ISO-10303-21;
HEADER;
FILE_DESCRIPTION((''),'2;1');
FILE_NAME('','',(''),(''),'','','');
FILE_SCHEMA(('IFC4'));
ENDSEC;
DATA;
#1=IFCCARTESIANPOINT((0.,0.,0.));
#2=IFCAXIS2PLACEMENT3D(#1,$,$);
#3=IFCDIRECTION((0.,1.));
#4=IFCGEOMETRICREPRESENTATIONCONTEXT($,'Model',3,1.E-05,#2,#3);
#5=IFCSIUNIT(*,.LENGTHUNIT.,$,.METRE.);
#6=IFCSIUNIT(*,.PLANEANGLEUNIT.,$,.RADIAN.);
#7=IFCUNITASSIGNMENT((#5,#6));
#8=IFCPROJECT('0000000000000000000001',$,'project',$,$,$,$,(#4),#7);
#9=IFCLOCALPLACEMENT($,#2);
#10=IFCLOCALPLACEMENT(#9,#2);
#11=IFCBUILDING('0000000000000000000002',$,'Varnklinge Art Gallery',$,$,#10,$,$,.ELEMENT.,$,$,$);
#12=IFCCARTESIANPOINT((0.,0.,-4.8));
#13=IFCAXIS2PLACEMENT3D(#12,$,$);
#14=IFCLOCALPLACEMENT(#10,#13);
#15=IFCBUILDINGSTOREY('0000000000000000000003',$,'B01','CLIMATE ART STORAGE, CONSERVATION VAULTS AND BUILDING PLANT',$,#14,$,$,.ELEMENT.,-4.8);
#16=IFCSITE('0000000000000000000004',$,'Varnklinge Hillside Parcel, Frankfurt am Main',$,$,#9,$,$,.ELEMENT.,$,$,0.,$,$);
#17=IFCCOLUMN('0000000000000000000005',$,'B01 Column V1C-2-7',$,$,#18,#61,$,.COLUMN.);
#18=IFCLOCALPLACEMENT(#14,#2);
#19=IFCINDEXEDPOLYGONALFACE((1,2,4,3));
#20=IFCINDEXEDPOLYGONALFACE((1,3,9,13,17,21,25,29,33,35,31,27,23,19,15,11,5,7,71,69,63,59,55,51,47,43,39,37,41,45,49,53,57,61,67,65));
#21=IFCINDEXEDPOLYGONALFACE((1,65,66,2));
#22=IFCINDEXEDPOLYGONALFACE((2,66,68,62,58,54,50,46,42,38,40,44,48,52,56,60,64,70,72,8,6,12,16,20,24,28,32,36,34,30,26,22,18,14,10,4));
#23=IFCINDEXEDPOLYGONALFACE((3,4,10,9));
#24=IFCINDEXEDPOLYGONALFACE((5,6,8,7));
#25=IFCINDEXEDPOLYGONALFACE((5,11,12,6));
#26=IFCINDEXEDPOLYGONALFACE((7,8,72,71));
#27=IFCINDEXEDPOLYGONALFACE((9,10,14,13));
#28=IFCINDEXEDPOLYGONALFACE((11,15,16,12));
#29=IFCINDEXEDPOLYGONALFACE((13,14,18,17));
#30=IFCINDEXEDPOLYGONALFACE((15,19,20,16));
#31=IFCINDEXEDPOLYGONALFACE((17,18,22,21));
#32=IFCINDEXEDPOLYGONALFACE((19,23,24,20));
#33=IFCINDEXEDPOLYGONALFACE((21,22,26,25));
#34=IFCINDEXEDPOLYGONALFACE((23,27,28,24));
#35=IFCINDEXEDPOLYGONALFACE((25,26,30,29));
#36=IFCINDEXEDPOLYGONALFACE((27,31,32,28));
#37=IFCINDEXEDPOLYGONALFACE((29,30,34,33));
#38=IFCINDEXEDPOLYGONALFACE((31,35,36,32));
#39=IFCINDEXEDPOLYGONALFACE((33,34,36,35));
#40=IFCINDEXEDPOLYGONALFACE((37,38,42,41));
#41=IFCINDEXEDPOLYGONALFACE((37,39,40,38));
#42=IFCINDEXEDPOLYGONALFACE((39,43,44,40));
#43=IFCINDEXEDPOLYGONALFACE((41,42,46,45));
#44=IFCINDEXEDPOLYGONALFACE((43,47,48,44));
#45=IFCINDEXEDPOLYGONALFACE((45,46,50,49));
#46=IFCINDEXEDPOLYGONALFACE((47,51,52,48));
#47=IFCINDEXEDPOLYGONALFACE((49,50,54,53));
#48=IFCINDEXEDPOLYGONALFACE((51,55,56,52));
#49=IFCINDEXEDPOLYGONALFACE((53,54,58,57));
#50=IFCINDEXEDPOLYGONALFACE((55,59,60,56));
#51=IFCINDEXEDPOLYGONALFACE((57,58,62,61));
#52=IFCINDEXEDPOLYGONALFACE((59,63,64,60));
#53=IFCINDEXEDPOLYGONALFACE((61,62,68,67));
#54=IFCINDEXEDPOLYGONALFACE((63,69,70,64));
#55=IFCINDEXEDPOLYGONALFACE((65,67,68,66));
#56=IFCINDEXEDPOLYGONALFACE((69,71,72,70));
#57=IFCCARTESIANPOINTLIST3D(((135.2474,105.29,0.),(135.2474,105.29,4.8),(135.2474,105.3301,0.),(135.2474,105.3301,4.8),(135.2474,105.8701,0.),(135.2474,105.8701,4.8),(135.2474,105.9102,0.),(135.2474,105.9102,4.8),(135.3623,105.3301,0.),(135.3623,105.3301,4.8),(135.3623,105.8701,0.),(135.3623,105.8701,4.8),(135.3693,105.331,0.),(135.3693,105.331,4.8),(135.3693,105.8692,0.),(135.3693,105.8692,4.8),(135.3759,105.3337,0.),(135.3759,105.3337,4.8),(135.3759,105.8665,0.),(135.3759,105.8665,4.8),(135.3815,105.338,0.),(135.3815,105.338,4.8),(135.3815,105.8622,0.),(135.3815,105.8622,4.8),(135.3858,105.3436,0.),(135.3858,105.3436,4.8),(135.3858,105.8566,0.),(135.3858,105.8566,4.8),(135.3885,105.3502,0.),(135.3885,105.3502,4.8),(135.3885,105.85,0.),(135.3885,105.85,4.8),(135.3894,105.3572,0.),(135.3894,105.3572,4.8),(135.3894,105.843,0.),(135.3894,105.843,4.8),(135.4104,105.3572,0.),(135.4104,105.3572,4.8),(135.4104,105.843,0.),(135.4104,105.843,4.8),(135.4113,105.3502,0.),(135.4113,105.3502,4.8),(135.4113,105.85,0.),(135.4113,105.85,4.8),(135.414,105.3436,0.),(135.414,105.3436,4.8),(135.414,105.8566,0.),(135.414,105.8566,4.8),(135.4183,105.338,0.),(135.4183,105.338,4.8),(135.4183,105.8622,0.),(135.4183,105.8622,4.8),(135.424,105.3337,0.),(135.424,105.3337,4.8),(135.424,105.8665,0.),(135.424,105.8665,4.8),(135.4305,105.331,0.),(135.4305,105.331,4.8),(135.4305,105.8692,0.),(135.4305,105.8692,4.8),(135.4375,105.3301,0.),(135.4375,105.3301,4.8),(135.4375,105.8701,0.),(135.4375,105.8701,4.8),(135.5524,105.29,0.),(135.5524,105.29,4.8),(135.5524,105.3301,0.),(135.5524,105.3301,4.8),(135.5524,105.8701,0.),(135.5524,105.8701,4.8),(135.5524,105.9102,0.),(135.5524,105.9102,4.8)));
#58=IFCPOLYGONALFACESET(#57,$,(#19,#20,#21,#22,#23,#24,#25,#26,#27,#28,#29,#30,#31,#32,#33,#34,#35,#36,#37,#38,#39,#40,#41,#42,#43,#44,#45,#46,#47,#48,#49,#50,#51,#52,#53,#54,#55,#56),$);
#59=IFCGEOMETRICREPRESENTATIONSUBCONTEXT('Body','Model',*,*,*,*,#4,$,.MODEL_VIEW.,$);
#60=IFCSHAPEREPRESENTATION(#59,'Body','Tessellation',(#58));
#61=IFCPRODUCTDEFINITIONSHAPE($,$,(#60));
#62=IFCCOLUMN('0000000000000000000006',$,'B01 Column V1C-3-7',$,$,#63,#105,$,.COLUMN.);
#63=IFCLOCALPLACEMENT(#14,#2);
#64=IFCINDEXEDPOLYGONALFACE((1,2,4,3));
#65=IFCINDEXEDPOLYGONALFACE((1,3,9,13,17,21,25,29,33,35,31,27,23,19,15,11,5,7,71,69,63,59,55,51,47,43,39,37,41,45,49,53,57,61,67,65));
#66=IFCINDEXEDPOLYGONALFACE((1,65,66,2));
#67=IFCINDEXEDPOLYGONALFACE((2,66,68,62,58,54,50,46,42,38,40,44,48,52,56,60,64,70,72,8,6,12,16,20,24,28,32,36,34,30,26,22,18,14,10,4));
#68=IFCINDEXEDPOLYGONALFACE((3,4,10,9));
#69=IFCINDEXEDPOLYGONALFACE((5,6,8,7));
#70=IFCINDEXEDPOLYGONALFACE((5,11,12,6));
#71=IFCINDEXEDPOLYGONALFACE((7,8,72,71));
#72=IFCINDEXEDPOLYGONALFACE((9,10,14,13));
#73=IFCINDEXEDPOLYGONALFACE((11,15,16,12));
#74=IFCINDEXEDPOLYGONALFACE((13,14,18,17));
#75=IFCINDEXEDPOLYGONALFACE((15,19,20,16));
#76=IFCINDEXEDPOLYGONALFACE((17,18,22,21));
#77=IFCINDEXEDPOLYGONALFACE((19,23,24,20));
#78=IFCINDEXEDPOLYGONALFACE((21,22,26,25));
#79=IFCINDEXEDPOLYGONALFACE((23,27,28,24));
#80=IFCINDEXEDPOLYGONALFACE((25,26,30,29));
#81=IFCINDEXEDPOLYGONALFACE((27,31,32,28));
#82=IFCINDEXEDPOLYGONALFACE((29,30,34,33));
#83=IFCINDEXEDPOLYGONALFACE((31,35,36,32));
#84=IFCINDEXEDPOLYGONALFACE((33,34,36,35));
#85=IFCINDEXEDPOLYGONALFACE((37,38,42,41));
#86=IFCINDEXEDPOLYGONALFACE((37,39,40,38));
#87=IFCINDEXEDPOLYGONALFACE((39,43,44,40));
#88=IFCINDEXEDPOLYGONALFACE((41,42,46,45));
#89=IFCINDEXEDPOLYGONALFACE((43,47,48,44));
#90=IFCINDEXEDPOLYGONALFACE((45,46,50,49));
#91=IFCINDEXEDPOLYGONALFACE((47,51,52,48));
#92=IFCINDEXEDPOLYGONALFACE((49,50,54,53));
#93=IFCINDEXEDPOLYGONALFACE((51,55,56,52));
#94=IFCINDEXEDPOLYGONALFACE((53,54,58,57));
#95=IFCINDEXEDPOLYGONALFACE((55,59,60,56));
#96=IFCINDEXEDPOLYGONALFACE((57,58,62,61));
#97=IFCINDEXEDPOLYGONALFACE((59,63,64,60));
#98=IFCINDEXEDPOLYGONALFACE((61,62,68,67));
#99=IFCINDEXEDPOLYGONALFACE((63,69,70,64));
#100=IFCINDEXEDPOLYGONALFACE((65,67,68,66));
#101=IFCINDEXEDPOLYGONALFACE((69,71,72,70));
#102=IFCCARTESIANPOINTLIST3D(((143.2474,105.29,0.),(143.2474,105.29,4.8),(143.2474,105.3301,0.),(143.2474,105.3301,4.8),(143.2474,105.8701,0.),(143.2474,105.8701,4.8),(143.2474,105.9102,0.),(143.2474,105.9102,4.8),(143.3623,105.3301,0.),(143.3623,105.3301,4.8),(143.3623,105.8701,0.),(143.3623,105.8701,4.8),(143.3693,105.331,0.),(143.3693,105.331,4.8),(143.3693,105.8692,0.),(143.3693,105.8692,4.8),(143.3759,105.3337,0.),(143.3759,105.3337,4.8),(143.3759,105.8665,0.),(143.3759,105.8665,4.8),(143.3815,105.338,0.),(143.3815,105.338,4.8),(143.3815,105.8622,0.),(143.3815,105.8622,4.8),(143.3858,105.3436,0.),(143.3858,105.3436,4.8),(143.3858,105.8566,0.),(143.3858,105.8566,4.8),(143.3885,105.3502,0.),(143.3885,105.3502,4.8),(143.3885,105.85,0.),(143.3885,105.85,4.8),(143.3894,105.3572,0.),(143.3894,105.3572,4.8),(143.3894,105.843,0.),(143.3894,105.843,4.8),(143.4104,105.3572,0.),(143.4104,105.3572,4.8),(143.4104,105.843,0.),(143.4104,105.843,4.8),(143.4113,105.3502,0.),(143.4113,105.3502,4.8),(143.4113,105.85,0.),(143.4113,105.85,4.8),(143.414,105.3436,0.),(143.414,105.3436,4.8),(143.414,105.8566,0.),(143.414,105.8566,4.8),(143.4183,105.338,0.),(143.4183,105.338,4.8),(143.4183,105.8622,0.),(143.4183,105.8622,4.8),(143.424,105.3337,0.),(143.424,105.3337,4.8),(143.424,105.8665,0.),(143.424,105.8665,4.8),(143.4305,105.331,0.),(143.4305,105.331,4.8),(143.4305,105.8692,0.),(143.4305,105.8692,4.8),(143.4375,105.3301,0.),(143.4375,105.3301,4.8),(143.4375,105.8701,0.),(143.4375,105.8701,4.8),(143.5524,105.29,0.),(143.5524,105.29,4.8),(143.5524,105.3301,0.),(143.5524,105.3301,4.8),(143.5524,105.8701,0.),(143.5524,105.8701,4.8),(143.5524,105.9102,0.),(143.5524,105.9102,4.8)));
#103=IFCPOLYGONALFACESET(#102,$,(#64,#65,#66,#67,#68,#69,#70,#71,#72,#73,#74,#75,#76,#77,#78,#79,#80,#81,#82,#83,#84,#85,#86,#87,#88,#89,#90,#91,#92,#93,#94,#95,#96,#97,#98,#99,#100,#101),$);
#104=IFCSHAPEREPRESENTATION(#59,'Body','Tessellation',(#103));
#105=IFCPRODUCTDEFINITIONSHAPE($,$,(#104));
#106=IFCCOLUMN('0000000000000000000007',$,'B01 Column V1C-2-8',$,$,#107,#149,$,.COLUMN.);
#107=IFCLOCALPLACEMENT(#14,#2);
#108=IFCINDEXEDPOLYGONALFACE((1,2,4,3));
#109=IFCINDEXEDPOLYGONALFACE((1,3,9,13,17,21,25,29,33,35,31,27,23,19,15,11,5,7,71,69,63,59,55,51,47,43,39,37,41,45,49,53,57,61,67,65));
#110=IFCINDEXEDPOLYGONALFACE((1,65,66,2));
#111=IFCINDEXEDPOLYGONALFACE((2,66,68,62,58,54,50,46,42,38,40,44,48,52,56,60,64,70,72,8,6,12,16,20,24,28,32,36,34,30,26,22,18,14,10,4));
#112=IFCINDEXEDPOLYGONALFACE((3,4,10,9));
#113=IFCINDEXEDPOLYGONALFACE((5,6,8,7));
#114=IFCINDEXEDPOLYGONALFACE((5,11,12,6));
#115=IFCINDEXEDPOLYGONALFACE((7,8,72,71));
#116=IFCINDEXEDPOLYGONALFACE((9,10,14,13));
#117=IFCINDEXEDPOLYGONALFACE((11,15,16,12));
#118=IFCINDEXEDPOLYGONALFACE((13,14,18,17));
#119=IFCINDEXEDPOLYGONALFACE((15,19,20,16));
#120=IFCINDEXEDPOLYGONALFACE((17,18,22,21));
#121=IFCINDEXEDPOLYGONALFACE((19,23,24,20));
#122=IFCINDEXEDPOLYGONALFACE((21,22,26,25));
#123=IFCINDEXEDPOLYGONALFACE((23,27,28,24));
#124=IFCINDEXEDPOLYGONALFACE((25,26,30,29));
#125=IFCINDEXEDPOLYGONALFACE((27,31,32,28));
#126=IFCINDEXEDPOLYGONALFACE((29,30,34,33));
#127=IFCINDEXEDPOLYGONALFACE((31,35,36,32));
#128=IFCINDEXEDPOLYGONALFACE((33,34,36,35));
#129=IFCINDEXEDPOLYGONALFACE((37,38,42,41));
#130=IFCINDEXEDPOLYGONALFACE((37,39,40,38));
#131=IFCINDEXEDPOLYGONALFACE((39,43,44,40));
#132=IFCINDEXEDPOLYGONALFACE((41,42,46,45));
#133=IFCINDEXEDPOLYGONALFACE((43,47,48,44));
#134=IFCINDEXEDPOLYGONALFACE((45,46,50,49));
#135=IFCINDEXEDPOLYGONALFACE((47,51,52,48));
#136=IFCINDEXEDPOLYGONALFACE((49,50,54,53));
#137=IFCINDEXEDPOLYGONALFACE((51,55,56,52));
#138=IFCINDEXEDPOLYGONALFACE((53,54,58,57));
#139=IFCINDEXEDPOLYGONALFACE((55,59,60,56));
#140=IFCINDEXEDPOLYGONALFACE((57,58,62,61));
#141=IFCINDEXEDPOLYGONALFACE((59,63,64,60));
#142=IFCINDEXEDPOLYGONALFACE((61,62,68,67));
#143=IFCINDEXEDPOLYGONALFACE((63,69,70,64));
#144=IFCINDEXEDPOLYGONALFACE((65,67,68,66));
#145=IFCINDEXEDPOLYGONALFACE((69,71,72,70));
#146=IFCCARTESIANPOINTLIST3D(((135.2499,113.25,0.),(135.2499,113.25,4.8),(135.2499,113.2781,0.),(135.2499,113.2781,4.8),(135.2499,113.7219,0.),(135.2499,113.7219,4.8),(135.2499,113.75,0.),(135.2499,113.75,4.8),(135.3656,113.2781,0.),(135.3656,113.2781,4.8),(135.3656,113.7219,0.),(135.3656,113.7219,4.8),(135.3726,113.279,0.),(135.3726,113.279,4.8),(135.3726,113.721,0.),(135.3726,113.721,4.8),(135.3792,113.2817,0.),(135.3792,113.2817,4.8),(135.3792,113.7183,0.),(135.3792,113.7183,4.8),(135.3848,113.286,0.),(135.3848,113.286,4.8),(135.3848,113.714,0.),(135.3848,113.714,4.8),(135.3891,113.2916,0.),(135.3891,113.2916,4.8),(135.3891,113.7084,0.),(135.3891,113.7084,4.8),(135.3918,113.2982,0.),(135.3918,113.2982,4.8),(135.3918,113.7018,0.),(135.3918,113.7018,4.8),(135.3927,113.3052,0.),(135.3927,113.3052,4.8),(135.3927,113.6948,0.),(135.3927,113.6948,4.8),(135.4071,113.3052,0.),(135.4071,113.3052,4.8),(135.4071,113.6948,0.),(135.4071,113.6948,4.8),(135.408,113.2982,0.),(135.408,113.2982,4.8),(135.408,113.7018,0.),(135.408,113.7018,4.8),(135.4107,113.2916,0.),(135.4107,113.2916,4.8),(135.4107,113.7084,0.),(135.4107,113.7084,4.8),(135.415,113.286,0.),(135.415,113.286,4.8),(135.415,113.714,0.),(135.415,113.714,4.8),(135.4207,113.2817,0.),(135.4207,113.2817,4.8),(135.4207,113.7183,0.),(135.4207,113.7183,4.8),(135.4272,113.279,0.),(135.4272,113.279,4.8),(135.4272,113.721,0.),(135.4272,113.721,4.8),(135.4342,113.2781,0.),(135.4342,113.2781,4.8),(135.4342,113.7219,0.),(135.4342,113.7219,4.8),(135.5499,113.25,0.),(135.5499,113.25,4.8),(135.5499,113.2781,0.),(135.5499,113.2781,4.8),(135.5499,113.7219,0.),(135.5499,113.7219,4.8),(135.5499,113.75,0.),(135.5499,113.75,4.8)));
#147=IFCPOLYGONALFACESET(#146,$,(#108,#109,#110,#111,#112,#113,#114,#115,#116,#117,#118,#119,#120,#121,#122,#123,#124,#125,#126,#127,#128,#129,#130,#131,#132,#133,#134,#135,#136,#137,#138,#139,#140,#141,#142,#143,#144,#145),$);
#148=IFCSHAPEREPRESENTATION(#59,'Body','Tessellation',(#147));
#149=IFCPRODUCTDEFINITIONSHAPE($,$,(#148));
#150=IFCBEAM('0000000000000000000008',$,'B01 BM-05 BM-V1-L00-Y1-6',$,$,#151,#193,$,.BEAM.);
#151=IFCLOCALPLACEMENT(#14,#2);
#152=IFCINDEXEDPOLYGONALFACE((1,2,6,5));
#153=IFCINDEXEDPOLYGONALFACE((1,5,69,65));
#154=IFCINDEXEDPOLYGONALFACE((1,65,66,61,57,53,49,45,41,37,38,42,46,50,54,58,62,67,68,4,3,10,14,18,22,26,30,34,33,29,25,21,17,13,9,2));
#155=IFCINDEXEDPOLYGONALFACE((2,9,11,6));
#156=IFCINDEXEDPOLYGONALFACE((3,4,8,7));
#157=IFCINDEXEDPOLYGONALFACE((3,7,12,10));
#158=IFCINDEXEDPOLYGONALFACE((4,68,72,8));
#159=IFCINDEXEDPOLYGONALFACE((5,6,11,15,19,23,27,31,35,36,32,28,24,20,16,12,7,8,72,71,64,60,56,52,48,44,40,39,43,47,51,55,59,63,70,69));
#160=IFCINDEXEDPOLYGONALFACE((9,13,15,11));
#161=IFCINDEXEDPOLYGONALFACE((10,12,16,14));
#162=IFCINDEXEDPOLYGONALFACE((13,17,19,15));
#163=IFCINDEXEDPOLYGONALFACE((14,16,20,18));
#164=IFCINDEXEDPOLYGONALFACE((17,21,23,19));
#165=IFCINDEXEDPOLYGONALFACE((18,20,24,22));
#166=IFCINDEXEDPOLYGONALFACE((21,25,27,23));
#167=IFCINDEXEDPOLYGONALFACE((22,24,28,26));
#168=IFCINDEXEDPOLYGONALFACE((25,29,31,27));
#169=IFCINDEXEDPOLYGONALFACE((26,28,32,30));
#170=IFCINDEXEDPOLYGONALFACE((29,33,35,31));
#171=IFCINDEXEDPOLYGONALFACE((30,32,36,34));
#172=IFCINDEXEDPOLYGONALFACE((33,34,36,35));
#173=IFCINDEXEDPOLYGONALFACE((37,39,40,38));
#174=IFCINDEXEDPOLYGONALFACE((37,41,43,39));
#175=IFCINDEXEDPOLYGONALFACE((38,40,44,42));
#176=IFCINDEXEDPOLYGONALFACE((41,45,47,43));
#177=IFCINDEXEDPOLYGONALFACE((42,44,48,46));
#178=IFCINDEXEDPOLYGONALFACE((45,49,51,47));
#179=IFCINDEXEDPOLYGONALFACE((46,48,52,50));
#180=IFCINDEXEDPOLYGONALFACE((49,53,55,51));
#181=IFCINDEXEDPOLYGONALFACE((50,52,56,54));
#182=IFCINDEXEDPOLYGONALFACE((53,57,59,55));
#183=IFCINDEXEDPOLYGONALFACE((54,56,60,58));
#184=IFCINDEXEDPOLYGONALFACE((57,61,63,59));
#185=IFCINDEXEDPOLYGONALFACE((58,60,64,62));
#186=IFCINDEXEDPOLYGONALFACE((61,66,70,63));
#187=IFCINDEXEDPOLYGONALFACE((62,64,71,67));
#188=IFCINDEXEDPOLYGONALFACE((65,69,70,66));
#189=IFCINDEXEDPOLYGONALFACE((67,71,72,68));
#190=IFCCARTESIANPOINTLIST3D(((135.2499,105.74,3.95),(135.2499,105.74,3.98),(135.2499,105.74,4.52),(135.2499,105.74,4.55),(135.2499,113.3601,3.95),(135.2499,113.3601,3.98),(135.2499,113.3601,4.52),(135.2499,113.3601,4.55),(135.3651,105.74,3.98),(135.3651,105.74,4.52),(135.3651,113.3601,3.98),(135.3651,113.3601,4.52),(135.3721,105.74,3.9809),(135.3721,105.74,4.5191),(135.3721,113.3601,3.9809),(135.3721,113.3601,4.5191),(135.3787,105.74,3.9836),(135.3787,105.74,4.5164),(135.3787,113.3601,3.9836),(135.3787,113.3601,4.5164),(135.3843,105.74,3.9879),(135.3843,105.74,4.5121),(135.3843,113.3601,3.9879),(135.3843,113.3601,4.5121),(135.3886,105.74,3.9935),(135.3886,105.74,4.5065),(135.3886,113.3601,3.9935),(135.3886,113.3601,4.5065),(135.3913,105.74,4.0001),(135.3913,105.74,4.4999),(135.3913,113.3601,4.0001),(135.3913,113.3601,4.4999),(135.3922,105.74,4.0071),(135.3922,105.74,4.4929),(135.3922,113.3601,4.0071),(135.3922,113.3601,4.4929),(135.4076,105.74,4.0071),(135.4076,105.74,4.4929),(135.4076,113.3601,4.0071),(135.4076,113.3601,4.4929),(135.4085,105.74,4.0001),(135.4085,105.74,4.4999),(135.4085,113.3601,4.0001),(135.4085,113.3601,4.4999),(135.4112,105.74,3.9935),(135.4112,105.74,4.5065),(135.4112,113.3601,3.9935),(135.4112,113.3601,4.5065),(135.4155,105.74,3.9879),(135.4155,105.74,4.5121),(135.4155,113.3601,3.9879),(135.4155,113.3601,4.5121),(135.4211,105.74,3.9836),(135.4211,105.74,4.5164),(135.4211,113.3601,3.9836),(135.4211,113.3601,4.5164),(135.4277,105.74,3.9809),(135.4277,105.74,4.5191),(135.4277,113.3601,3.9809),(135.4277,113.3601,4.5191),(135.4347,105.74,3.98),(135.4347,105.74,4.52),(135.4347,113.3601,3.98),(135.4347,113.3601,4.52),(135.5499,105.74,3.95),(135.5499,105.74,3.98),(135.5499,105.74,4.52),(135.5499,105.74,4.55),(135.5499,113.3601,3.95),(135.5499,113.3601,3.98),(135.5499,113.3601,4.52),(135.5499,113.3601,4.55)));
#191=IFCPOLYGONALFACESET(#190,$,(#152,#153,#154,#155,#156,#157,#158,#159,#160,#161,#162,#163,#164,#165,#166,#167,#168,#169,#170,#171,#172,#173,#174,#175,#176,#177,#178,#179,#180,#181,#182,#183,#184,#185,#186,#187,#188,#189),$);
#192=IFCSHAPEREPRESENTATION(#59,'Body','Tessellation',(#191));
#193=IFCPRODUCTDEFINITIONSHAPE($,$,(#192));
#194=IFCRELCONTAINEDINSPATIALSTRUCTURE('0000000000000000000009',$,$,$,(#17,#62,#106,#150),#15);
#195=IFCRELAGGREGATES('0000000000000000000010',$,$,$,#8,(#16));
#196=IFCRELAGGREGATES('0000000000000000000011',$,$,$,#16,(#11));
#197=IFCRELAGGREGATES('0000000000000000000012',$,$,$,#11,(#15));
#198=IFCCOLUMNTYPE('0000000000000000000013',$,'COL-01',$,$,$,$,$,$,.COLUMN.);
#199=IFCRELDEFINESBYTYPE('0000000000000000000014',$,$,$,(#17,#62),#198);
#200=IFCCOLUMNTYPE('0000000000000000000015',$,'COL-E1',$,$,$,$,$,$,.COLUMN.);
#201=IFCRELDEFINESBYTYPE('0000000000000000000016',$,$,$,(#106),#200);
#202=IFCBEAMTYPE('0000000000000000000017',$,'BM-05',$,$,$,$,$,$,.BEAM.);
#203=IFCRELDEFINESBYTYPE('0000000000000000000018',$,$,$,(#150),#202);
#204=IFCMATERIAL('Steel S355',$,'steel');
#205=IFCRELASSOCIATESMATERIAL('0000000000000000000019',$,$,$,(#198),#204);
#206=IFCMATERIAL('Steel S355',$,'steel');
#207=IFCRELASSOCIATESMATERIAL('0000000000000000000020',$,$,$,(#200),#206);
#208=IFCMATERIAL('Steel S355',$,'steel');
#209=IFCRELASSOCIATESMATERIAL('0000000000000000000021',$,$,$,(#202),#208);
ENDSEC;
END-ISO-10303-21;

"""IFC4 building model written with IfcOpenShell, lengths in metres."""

from ifc_helpers import new_model, si_unit, direction, frame, origin, origin_2d, place, context, subcontext, project, spatial, i_section, extrude, material, material_profile, profile_set, type_object, element, save


model = new_model("IFC4")

# Units and contexts
model_context = context("Model", 3, precision=1e-05, world=origin(), true_north=direction((0.0, 1.0)))
body_context = subcontext(model_context, "Body", "Model", "MODEL_VIEW")
ifc_project = project(units=[si_unit("LENGTHUNIT", "METRE"), si_unit("PLANEANGLEUNIT", "RADIAN")], contexts=[model_context])

# Site, building, storey
site_placement = place(None, origin())
site = spatial("IfcSite", under=ifc_project, at=site_placement, Name="Varnklinge Hillside Parcel, Frankfurt am Main", CompositionType="ELEMENT", RefElevation=0.0)
building_placement = place(site_placement, origin())
building = spatial("IfcBuilding", under=site, at=building_placement, Name="Varnklinge Art Gallery", CompositionType="ELEMENT")
storey_placement = place(building_placement, frame((0.0, 0.0, -4.8)))
storey = spatial("IfcBuildingStorey", under=building, at=storey_placement, Name="B01", Description="CLIMATE ART STORAGE, CONSERVATION VAULTS AND BUILDING PLANT", CompositionType="ELEMENT", Elevation=-4.8)

# Columns
ifc_material_1 = material(Name="Steel S355", Category="steel")
ifc_material_profile_1 = material_profile(ifc_material_1, i_section(OverallWidth=0.3049, OverallDepth=0.6201, WebThickness=0.021, FlangeThickness=0.04, FilletRadius=0.0271, at=origin_2d()), Name="HEM 600")
ifc_profile_set_1 = profile_set([ifc_material_profile_1], Name="Steel S355")
column_type_1 = type_object("IfcColumnType", Name="COL-01", PredefinedType="COLUMN", material=ifc_profile_set_1)
for number, where, z_axis, x_axis, name in (
    (1, (135.3999, 105.6001, 0.0), (0.0, 0.0, 1.0), (1.0, 0.0, 0.0), "B01 Column V1C-2-7"),
    (2, (143.3999, 105.6001, 0.0), (0.0, 0.0, 1.0), (1.0, 0.0, 0.0), "B01 Column V1C-3-7"),
):
    element("IfcColumn", number, at=place(storey_placement, frame(where, z_axis=z_axis, x_axis=x_axis)), inside=storey, type_object=column_type_1, Name=name, PredefinedType="COLUMN", context=body_context, shape_type="SweptSolid", body=[
        extrude(i_section(OverallWidth=0.3049, OverallDepth=0.6201, WebThickness=0.021, FlangeThickness=0.04, FilletRadius=0.0271, at=origin_2d()), origin(), (0.0, 0.0, 1.0), 4.8),
    ])
ifc_material_2 = material(Name="Steel S355", Category="steel")
ifc_material_profile_2 = material_profile(ifc_material_2, i_section(OverallWidth=0.3, OverallDepth=0.5, WebThickness=0.0144, FlangeThickness=0.0281, FilletRadius=0.0271, at=origin_2d()), Name="HEB 500")
ifc_profile_set_2 = profile_set([ifc_material_profile_2], Name="Steel S355")
column_type_2 = type_object("IfcColumnType", Name="COL-E1", PredefinedType="COLUMN", material=ifc_profile_set_2)
column_placement = place(storey_placement, frame((135.3999, 113.5, 0.0), z_axis=(0.0, 0.0, 1.0), x_axis=(1.0, 0.0, 0.0)))
element("IfcColumn", 3, at=column_placement, inside=storey, type_object=column_type_2, Name="B01 Column V1C-2-8", PredefinedType="COLUMN", context=body_context, shape_type="SweptSolid", body=[
    extrude(i_section(OverallWidth=0.3, OverallDepth=0.5, WebThickness=0.0144, FlangeThickness=0.0281, FilletRadius=0.0271, at=origin_2d()), origin(), (0.0, 0.0, 1.0), 4.8),
])

# Beam
ifc_material_3 = material(Name="Steel S355", Category="steel")
ifc_material_profile_3 = material_profile(ifc_material_3, i_section(OverallWidth=0.3, OverallDepth=0.6001, WebThickness=0.0154, FlangeThickness=0.03, FilletRadius=0.0271, at=origin_2d()), Name="HEB 600")
ifc_profile_set_3 = profile_set([ifc_material_profile_3], Name="Steel S355")
beam_type_1 = type_object("IfcBeamType", Name="BM-05", PredefinedType="BEAM", material=ifc_profile_set_3)
for number, where, z_axis, x_axis, name in (
    (4, (135.3999, 105.74, 4.25), (0.0, 1.0, 0.0), (-1.0, 0.0, 0.0), "B01 BM-05 BM-V1-L00-Y1-6"),
):
    element("IfcBeam", number, at=place(storey_placement, frame(where, z_axis=z_axis, x_axis=x_axis)), inside=storey, type_object=beam_type_1, Name=name, PredefinedType="BEAM", context=body_context, shape_type="SweptSolid", body=[
        extrude(i_section(OverallWidth=0.3, OverallDepth=0.6001, WebThickness=0.0154, FlangeThickness=0.03, FilletRadius=0.0271, at=origin_2d()), origin(), (0.0, 0.0, 1.0), 7.6201),
    ])

save(model, "model.ifc")
